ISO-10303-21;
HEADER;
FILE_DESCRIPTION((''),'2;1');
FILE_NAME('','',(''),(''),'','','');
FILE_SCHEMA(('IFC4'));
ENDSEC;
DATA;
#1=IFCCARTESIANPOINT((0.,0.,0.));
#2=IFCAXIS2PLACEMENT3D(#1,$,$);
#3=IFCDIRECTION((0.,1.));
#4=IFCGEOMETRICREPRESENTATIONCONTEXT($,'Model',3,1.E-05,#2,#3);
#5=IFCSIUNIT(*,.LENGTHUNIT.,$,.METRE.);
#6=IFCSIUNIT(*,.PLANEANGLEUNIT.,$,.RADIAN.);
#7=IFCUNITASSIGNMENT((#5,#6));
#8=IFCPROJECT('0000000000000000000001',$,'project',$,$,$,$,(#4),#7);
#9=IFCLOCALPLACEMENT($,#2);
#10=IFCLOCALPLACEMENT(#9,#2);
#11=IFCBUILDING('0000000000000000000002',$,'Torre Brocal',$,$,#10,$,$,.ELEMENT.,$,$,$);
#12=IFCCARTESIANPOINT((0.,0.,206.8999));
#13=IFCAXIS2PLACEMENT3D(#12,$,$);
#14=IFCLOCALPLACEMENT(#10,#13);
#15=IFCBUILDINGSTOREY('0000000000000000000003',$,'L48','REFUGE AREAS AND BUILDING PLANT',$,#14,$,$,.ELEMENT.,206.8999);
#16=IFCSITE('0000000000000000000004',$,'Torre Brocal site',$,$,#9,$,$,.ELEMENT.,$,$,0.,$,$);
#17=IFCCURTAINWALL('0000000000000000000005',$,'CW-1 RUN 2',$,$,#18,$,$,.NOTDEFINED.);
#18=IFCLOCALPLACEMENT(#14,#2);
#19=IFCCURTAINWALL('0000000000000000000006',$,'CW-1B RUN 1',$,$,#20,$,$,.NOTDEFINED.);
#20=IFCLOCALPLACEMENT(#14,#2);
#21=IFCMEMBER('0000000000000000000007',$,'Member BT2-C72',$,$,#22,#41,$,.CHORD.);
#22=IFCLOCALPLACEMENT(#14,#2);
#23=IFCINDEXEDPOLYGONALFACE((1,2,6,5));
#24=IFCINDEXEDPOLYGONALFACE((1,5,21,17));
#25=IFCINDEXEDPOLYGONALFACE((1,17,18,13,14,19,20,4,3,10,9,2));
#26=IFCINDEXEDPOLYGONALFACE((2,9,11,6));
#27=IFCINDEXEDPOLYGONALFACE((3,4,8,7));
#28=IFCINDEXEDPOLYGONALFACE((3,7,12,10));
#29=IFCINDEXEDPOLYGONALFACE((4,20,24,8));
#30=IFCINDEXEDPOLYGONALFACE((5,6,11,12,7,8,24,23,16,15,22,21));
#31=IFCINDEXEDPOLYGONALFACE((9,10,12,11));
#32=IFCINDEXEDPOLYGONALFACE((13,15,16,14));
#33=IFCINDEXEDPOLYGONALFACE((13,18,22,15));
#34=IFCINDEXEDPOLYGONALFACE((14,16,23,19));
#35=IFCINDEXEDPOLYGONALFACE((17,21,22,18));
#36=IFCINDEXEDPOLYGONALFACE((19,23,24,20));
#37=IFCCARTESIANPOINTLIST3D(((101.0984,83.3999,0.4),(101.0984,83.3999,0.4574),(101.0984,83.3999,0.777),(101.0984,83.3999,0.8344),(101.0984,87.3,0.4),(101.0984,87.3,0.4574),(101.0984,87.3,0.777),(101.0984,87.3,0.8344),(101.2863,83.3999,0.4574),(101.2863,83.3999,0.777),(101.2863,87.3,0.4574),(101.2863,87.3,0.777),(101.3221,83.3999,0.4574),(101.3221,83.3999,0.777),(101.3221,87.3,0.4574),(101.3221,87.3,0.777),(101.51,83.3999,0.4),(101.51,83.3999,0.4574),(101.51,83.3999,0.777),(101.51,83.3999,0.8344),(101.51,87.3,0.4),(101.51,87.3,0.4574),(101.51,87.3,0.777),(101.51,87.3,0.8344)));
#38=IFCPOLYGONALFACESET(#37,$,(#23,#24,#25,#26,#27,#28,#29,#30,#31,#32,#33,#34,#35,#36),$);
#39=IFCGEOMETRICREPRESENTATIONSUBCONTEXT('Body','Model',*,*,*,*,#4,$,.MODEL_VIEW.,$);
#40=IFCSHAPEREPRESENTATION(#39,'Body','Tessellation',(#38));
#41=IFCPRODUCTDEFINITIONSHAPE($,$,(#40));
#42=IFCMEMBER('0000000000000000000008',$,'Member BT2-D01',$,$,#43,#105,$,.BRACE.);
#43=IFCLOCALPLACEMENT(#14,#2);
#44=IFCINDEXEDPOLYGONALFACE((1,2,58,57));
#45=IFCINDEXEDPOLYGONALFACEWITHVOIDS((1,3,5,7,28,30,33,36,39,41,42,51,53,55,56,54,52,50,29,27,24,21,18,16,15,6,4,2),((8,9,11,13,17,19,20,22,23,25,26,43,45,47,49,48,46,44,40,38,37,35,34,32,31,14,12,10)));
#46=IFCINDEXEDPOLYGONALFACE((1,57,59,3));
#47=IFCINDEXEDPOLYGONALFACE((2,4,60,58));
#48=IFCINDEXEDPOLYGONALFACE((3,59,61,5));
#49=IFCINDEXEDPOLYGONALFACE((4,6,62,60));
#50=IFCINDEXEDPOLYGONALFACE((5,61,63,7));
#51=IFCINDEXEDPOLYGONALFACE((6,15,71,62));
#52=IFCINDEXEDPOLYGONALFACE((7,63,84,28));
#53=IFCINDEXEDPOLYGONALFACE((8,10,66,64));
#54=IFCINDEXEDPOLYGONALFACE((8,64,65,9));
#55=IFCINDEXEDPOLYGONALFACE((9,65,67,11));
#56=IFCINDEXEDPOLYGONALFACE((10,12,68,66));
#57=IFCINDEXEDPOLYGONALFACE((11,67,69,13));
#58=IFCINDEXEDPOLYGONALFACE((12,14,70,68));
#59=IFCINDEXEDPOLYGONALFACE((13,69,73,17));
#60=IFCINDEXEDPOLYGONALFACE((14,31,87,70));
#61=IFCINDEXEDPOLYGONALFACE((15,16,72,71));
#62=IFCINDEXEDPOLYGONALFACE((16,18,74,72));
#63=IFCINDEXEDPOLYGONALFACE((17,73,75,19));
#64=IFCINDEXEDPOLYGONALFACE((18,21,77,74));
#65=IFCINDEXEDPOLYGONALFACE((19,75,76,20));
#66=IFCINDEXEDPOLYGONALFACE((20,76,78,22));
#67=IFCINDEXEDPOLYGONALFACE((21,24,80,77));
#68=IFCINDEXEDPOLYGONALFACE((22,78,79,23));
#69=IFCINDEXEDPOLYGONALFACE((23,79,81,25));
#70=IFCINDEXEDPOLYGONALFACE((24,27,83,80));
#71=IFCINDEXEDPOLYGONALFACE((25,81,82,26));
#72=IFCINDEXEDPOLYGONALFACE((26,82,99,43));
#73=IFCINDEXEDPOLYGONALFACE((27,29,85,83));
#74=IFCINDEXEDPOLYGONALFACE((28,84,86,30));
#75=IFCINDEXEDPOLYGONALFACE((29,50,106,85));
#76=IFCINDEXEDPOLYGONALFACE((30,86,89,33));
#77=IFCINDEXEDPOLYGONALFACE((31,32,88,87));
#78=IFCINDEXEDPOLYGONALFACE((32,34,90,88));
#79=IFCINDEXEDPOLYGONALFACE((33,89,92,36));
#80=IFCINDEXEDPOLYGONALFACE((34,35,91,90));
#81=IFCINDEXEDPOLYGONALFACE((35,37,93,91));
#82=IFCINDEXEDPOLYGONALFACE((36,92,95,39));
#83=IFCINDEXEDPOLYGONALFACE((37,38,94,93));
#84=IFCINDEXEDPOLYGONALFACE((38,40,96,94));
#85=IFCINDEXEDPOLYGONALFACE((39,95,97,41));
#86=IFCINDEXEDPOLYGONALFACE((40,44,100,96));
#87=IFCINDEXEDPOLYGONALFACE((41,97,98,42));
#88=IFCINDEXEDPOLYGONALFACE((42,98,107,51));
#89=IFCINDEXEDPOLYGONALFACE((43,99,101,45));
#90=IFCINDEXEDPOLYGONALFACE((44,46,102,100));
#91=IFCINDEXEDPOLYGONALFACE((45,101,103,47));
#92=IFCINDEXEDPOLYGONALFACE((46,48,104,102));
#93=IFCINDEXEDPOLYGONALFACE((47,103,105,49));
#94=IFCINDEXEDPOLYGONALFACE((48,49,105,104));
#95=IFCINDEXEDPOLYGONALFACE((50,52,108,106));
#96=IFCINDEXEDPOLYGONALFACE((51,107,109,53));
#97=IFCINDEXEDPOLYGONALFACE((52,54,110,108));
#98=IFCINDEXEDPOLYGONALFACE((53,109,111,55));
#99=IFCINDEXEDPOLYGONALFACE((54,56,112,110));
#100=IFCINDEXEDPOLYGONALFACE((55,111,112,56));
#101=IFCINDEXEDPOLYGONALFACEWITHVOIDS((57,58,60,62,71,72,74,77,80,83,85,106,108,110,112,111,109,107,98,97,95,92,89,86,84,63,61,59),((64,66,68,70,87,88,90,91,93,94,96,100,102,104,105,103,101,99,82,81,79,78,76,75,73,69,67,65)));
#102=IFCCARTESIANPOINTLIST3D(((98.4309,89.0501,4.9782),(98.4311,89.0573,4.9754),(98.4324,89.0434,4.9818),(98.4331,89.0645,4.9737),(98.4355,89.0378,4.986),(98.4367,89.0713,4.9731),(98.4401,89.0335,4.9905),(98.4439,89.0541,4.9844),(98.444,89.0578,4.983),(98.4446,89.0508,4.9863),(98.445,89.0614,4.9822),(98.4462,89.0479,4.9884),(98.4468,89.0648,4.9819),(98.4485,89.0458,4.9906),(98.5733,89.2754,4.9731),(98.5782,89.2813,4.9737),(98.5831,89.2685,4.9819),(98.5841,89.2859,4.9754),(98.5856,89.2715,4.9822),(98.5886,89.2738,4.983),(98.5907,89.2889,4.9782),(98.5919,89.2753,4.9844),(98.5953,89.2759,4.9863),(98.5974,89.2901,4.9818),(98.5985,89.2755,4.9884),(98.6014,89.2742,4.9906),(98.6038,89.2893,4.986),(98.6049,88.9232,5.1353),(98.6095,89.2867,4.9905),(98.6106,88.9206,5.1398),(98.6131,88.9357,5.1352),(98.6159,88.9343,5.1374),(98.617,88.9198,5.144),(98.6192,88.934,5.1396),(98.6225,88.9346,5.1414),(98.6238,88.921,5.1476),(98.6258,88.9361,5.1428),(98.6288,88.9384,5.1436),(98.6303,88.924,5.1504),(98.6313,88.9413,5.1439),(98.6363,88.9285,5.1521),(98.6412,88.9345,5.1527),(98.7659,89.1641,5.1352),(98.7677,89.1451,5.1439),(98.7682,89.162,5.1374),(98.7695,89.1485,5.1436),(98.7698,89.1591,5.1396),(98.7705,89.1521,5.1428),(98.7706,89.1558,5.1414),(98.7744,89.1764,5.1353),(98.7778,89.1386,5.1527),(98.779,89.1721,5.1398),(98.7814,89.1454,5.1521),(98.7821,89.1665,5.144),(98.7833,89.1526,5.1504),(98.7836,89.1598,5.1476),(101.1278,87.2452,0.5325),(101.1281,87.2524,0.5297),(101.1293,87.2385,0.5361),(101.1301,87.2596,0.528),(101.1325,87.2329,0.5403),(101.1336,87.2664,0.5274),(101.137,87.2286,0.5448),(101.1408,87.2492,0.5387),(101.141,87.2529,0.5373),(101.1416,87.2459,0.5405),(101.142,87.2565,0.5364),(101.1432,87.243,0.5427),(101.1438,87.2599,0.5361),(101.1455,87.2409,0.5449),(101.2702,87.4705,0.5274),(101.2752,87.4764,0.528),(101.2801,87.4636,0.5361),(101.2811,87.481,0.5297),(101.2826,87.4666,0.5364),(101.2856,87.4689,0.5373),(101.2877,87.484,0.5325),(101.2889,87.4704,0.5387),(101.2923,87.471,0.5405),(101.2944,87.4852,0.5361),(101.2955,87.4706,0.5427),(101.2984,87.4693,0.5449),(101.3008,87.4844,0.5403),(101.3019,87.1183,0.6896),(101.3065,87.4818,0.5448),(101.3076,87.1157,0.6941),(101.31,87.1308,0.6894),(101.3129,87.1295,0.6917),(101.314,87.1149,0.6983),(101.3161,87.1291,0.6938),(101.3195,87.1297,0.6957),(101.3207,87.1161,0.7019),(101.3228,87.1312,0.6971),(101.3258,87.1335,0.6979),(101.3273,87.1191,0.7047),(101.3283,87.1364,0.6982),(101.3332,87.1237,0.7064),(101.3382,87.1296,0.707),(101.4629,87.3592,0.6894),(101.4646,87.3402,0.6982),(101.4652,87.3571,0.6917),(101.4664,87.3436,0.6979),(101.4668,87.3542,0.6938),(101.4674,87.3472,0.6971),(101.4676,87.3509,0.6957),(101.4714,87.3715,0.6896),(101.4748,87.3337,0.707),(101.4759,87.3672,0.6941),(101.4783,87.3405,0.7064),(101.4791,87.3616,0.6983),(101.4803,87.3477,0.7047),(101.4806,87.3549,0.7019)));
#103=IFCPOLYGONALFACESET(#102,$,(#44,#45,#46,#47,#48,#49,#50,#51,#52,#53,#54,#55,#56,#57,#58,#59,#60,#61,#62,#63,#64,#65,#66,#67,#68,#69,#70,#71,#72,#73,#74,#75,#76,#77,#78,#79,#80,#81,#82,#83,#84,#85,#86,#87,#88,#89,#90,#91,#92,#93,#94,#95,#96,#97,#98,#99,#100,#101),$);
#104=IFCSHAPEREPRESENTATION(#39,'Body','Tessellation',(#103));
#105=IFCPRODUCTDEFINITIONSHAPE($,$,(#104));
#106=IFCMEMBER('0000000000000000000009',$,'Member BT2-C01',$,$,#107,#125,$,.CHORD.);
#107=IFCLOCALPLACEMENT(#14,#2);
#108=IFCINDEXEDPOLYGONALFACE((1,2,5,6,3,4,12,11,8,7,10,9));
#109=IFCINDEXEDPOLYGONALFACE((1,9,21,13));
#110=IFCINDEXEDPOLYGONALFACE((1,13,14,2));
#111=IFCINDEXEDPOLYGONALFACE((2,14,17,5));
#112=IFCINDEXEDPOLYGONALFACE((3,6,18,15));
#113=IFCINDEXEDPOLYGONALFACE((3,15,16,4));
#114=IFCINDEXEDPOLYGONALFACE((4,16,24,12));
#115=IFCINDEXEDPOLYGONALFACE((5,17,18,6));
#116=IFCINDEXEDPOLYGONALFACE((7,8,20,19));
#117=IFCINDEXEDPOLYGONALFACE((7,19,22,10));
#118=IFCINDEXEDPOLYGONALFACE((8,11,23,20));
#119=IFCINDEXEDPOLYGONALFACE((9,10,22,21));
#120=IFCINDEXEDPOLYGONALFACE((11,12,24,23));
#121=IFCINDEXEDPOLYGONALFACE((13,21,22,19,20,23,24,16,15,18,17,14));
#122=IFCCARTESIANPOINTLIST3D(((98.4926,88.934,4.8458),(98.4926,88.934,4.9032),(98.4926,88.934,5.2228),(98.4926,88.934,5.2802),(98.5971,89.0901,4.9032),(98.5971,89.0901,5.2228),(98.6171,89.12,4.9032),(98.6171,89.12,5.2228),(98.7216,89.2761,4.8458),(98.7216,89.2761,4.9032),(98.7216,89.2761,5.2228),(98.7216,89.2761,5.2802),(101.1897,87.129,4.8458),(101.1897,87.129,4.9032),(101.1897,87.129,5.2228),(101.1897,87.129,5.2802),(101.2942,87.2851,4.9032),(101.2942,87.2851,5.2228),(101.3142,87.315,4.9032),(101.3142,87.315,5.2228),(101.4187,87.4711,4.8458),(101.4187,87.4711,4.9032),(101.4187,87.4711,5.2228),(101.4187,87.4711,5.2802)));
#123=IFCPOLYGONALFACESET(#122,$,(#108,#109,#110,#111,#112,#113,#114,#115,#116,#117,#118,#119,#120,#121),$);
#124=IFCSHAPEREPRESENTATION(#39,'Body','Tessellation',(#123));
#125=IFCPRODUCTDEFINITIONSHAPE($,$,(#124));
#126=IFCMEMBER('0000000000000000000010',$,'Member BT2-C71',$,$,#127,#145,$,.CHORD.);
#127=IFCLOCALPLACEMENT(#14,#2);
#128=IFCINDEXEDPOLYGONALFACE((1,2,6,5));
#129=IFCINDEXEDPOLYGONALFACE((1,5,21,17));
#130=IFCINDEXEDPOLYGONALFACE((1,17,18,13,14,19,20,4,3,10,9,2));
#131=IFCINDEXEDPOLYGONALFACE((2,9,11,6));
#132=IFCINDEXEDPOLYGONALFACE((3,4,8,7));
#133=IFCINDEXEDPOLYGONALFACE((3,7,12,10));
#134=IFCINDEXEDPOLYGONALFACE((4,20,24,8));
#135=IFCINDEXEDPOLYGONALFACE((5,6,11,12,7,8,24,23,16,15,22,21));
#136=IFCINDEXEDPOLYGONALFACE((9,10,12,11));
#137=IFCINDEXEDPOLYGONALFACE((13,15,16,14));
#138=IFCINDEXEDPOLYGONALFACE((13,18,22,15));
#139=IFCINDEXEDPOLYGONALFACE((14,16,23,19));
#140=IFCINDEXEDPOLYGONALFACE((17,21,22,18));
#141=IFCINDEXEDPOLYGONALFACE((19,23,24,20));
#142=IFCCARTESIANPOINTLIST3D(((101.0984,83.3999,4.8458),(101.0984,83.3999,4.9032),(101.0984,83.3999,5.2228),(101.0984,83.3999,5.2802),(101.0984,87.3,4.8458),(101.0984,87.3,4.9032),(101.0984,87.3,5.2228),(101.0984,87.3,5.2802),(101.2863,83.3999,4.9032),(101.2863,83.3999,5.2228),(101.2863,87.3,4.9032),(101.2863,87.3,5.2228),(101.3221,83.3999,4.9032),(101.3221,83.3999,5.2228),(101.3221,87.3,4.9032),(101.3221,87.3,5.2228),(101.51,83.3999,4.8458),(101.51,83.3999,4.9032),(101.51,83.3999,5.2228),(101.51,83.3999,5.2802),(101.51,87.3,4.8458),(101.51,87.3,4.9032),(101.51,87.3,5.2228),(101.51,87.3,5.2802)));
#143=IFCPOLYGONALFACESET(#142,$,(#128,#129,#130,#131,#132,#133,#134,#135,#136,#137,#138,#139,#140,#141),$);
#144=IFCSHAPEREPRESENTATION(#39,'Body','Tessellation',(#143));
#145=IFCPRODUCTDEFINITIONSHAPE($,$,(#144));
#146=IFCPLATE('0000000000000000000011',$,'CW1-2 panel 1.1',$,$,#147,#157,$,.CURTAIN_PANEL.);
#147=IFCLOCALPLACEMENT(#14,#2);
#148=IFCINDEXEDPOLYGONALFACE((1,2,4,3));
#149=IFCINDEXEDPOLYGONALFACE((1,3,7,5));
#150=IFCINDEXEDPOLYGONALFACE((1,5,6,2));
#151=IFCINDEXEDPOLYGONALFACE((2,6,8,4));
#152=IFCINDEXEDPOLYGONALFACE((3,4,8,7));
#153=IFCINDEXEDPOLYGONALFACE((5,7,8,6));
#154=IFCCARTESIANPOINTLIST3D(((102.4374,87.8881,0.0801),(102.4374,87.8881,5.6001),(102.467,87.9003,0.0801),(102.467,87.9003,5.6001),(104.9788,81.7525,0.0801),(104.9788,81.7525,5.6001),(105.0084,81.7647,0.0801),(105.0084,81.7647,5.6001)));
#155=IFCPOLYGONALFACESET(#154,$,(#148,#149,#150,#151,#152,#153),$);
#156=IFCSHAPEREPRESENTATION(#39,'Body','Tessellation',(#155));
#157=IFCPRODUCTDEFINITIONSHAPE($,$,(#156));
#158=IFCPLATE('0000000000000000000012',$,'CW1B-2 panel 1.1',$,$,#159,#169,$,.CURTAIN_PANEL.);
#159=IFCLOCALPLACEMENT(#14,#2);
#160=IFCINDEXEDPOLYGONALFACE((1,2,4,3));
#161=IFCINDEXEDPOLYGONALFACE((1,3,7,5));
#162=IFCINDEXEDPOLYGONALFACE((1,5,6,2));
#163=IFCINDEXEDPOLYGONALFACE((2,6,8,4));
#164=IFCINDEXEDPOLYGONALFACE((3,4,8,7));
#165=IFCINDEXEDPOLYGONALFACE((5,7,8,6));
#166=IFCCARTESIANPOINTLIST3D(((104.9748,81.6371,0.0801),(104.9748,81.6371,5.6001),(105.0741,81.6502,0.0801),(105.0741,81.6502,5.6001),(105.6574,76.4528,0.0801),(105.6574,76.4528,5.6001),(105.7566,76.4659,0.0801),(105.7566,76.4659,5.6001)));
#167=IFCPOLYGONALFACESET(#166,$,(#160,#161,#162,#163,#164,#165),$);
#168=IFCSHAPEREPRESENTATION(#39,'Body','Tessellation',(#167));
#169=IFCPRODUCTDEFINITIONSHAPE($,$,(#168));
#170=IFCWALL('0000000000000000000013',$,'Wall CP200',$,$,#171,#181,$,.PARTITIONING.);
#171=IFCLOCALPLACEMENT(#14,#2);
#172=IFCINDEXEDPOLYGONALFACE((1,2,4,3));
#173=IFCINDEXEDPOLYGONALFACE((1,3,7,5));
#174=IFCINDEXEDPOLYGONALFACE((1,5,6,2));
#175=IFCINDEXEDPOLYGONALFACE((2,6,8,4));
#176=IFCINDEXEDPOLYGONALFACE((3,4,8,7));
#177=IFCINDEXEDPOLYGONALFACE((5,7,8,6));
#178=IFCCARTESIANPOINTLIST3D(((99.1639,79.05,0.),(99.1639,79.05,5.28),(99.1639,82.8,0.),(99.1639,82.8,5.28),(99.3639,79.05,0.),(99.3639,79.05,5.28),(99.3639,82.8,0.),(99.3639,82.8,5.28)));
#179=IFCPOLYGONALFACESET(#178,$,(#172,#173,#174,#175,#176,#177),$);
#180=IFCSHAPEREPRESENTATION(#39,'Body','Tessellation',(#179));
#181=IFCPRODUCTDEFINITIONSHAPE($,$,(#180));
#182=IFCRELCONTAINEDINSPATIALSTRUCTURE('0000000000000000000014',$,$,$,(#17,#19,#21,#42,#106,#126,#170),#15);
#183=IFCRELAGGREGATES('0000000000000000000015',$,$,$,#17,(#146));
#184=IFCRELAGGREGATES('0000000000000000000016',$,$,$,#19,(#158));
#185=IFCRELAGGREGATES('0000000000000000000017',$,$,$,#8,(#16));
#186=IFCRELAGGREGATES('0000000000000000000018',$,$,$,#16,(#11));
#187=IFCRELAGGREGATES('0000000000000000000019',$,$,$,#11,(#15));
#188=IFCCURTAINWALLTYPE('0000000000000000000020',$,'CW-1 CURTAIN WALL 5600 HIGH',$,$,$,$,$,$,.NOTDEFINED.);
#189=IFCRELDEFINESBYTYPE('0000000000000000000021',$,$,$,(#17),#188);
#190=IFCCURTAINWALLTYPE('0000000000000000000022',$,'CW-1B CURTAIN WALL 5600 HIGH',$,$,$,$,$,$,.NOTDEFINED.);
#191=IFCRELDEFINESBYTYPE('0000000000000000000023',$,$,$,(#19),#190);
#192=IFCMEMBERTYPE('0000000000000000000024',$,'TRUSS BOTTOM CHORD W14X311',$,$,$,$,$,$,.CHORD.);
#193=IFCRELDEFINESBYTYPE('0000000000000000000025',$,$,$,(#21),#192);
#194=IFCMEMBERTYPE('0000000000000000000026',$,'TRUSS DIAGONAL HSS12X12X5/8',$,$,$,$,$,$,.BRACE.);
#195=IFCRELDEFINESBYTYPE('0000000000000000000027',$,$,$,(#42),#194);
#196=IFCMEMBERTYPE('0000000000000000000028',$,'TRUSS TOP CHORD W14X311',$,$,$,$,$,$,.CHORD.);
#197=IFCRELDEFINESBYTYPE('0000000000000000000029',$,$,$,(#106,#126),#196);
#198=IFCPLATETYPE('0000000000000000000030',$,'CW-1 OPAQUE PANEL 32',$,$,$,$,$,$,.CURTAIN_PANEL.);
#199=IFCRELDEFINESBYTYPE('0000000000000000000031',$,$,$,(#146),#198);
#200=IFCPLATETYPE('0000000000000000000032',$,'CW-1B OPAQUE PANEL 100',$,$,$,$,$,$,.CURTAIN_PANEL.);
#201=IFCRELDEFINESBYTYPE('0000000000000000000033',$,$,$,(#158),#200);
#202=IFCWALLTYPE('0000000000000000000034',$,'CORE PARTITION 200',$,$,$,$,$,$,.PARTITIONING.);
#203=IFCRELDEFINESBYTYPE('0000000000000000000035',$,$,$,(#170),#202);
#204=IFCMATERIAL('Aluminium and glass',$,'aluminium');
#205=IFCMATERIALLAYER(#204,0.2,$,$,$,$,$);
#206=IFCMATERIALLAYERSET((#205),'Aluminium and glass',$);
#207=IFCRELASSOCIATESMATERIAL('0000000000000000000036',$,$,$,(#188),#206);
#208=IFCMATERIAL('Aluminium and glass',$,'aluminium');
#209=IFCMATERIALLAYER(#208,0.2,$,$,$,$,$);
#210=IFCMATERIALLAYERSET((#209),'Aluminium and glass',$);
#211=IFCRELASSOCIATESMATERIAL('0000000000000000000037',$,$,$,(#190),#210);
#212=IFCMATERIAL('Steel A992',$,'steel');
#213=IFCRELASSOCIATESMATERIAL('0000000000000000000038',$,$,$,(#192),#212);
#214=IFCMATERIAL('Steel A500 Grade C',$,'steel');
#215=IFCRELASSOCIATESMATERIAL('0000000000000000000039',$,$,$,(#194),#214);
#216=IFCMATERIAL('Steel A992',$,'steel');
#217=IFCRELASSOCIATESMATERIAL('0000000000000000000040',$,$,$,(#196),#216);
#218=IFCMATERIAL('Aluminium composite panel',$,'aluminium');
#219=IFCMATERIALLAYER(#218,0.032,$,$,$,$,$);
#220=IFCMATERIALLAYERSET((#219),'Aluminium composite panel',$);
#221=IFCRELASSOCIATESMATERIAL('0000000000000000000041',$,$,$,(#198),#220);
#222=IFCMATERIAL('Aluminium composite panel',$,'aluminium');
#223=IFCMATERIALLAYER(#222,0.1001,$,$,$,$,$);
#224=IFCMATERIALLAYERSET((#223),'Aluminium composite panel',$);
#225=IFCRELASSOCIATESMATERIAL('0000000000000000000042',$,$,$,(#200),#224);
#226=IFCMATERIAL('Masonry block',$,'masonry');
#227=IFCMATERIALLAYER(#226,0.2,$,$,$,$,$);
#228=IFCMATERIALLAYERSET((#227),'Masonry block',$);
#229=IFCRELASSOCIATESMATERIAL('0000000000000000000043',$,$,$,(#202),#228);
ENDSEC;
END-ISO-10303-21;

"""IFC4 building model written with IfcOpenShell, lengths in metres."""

from ifc_helpers import new_model, si_unit, direction, frame, frame_2d, origin, origin_2d, place, context, subcontext, project, spatial, rectangle, hollow_rectangle, i_section, extrude, material, layer, layer_set, material_profile, profile_set, type_object, element, aggregate, save


model = new_model("IFC4")

# Units and contexts
model_context = context("Model", 3, precision=1e-05, world=origin(), true_north=direction((0.0, 1.0)))
body_context = subcontext(model_context, "Body", "Model", "MODEL_VIEW")
ifc_project = project(units=[si_unit("LENGTHUNIT", "METRE"), si_unit("PLANEANGLEUNIT", "RADIAN")], contexts=[model_context])

# Site, building, storey
site_placement = place(None, origin())
site = spatial("IfcSite", under=ifc_project, at=site_placement, Name="Torre Brocal site", CompositionType="ELEMENT", RefElevation=0.0)
building_placement = place(site_placement, origin())
building = spatial("IfcBuilding", under=site, at=building_placement, Name="Torre Brocal", CompositionType="ELEMENT")
storey_placement = place(building_placement, frame((0.0, 0.0, 206.8999)))
storey = spatial("IfcBuildingStorey", under=building, at=storey_placement, Name="L48", Description="REFUGE AREAS AND BUILDING PLANT", CompositionType="ELEMENT", Elevation=206.8999)

# Curtain walls
ifc_material_1 = material(Name="Aluminium and glass", Category="aluminium")
ifc_layer_1 = layer(ifc_material_1, 0.2)
ifc_layer_set_1 = layer_set([ifc_layer_1], Name="Aluminium and glass")
curtain_wall_type_1 = type_object("IfcCurtainWallType", Name="CW-1 CURTAIN WALL 5600 HIGH", PredefinedType="NOTDEFINED", material=ifc_layer_set_1)
curtain_wall_1_placement = place(storey_placement, origin())
curtain_wall_1 = element("IfcCurtainWall", 1, at=curtain_wall_1_placement, inside=storey, type_object=curtain_wall_type_1, Name="CW-1 RUN 2", PredefinedType="NOTDEFINED")
ifc_material_2 = material(Name="Aluminium and glass", Category="aluminium")
ifc_layer_2 = layer(ifc_material_2, 0.2)
ifc_layer_set_2 = layer_set([ifc_layer_2], Name="Aluminium and glass")
curtain_wall_type_2 = type_object("IfcCurtainWallType", Name="CW-1B CURTAIN WALL 5600 HIGH", PredefinedType="NOTDEFINED", material=ifc_layer_set_2)
curtain_wall_2_placement = place(storey_placement, origin())
curtain_wall_2 = element("IfcCurtainWall", 2, at=curtain_wall_2_placement, inside=storey, type_object=curtain_wall_type_2, Name="CW-1B RUN 1", PredefinedType="NOTDEFINED")

# Members
ifc_material_3 = material(Name="Steel A992", Category="steel")
ifc_material_profile_1 = material_profile(ifc_material_3, i_section(OverallWidth=0.4116, OverallDepth=0.4343, WebThickness=0.0359, FlangeThickness=0.0574, at=origin_2d()), Name="W14X311")
ifc_profile_set_1 = profile_set([ifc_material_profile_1], Name="Steel A992")
member_type_1 = type_object("IfcMemberType", Name="TRUSS BOTTOM CHORD W14X311", PredefinedType="CHORD", material=ifc_profile_set_1)
member_1_placement = place(storey_placement, frame((101.3042, 87.3, 0.6172), z_axis=(0.0, -1.0, 0.0), x_axis=(1.0, 0.0, 0.0)))
element("IfcMember", 3, at=member_1_placement, inside=storey, type_object=member_type_1, Name="Member BT2-C72", PredefinedType="CHORD", context=body_context, shape_type="SweptSolid", body=[
    extrude(i_section(OverallWidth=0.4116, OverallDepth=0.4343, WebThickness=0.0359, FlangeThickness=0.0574, at=origin_2d()), origin(), (0.0, 0.0, 1.0), 3.9001),
])
ifc_material_4 = material(Name="Steel A500 Grade C", Category="steel")
ifc_material_profile_2 = material_profile(ifc_material_4, hollow_rectangle(XDim=0.3047, YDim=0.3047, WallThickness=0.0149, InnerFilletRadius=0.0149, OuterFilletRadius=0.0295, at=origin_2d()), Name="HSS12X12X5/8")
ifc_profile_set_2 = profile_set([ifc_material_profile_2], Name="Steel A500 Grade C")
member_type_2 = type_object("IfcMemberType", Name="TRUSS DIAGONAL HSS12X12X5/8", PredefinedType="BRACE", material=ifc_profile_set_2)
member_2_placement = place(storey_placement, frame((101.3042, 87.3, 0.6172), z_axis=(-0.489988, 0.327916, 0.807702), x_axis=(-0.556175, -0.831065, 0.0)))
element("IfcMember", 4, at=member_2_placement, inside=storey, type_object=member_type_2, Name="Member BT2-D01", PredefinedType="BRACE", context=body_context, shape_type="SweptSolid", body=[
    extrude(hollow_rectangle(XDim=0.3047, YDim=0.3047, WallThickness=0.0149, InnerFilletRadius=0.0149, OuterFilletRadius=0.0295, at=origin_2d()), origin(), (0.0, 0.0, 1.0), 5.5042),
])
ifc_material_5 = material(Name="Steel A992", Category="steel")
ifc_material_profile_3 = material_profile(ifc_material_5, i_section(OverallWidth=0.4116, OverallDepth=0.4343, WebThickness=0.0359, FlangeThickness=0.0574, at=origin_2d()), Name="W14X311")
ifc_profile_set_3 = profile_set([ifc_material_profile_3], Name="Steel A992")
member_type_3 = type_object("IfcMemberType", Name="TRUSS TOP CHORD W14X311", PredefinedType="CHORD", material=ifc_profile_set_3)
member_3_placement = place(storey_placement, frame((101.3042, 87.3, 5.063), z_axis=(-0.831065, 0.556175, 0.0), x_axis=(-0.556175, -0.831065, 0.0)))
element("IfcMember", 5, at=member_3_placement, inside=storey, type_object=member_type_3, Name="Member BT2-C01", PredefinedType="CHORD", context=body_context, shape_type="SweptSolid", body=[
    extrude(i_section(OverallWidth=0.4116, OverallDepth=0.4343, WebThickness=0.0359, FlangeThickness=0.0574, at=origin_2d()), origin(), (0.0, 0.0, 1.0), 3.2454),
])
member_4_placement = place(storey_placement, frame((101.3042, 87.3, 5.063), z_axis=(0.0, -1.0, 0.0), x_axis=(1.0, 0.0, 0.0)))
element("IfcMember", 6, at=member_4_placement, inside=storey, type_object=member_type_3, Name="Member BT2-C71", PredefinedType="CHORD", context=body_context, shape_type="SweptSolid", body=[
    extrude(i_section(OverallWidth=0.4116, OverallDepth=0.4343, WebThickness=0.0359, FlangeThickness=0.0574, at=origin_2d()), origin(), (0.0, 0.0, 1.0), 3.9001),
])

# Plates
ifc_material_6 = material(Name="Aluminium composite panel", Category="aluminium")
ifc_layer_3 = layer(ifc_material_6, 0.032)
ifc_layer_set_3 = layer_set([ifc_layer_3], Name="Aluminium composite panel")
plate_type_1 = type_object("IfcPlateType", Name="CW-1 OPAQUE PANEL 32", PredefinedType="CURTAIN_PANEL", material=ifc_layer_set_3)
plate_1_placement = place(storey_placement, frame((103.7229, 84.8264, 0.0801), z_axis=(0.0, 0.0, 1.0), x_axis=(-0.382683, 0.92388, 0.0)))
plate_1 = element("IfcPlate", 7, at=plate_1_placement, type_object=plate_type_1, Name="CW1-2 panel 1.1", PredefinedType="CURTAIN_PANEL", context=body_context, shape_type="SweptSolid", body=[
    extrude(rectangle(XDim=6.6411, YDim=0.032, at=origin_2d()), origin(), (0.0, 0.0, 1.0), 5.52),
])
aggregate(curtain_wall_1, [plate_1])
ifc_material_7 = material(Name="Aluminium composite panel", Category="aluminium")
ifc_layer_4 = layer(ifc_material_7, 0.1001)
ifc_layer_set_4 = layer_set([ifc_layer_4], Name="Aluminium composite panel")
plate_type_2 = type_object("IfcPlateType", Name="CW-1B OPAQUE PANEL 100", PredefinedType="CURTAIN_PANEL", material=ifc_layer_set_4)
plate_2_placement = place(storey_placement, frame((105.3657, 79.0515, 0.0801), z_axis=(0.0, 0.0, 1.0), x_axis=(-0.130526, 0.991445, 0.0)))
plate_2 = element("IfcPlate", 8, at=plate_2_placement, type_object=plate_type_2, Name="CW1B-2 panel 1.1", PredefinedType="CURTAIN_PANEL", context=body_context, shape_type="SweptSolid", body=[
    extrude(rectangle(XDim=5.229, YDim=0.1001, at=origin_2d()), origin(), (0.0, 0.0, 1.0), 5.52),
])
aggregate(curtain_wall_2, [plate_2])

# Wall
ifc_material_8 = material(Name="Masonry block", Category="masonry")
ifc_layer_5 = layer(ifc_material_8, 0.2)
ifc_layer_set_5 = layer_set([ifc_layer_5], Name="Masonry block")
wall_type_1 = type_object("IfcWallType", Name="CORE PARTITION 200", PredefinedType="PARTITIONING", material=ifc_layer_set_5)
for number, where, z_axis, x_axis, name in (
    (9, (99.2639, 79.05, 0.0), (0.0, 0.0, 1.0), (0.0, 1.0, 0.0), "Wall CP200"),
):
    element("IfcWall", number, at=place(storey_placement, frame(where, z_axis=z_axis, x_axis=x_axis)), inside=storey, type_object=wall_type_1, Name=name, PredefinedType="PARTITIONING", context=body_context, shape_type="SweptSolid", body=[
        extrude(rectangle(XDim=3.75, YDim=0.2, at=frame_2d((1.875, 0.0))), origin(), (0.0, 0.0, 1.0), 5.28),
    ])

save(model, "model.ifc")
